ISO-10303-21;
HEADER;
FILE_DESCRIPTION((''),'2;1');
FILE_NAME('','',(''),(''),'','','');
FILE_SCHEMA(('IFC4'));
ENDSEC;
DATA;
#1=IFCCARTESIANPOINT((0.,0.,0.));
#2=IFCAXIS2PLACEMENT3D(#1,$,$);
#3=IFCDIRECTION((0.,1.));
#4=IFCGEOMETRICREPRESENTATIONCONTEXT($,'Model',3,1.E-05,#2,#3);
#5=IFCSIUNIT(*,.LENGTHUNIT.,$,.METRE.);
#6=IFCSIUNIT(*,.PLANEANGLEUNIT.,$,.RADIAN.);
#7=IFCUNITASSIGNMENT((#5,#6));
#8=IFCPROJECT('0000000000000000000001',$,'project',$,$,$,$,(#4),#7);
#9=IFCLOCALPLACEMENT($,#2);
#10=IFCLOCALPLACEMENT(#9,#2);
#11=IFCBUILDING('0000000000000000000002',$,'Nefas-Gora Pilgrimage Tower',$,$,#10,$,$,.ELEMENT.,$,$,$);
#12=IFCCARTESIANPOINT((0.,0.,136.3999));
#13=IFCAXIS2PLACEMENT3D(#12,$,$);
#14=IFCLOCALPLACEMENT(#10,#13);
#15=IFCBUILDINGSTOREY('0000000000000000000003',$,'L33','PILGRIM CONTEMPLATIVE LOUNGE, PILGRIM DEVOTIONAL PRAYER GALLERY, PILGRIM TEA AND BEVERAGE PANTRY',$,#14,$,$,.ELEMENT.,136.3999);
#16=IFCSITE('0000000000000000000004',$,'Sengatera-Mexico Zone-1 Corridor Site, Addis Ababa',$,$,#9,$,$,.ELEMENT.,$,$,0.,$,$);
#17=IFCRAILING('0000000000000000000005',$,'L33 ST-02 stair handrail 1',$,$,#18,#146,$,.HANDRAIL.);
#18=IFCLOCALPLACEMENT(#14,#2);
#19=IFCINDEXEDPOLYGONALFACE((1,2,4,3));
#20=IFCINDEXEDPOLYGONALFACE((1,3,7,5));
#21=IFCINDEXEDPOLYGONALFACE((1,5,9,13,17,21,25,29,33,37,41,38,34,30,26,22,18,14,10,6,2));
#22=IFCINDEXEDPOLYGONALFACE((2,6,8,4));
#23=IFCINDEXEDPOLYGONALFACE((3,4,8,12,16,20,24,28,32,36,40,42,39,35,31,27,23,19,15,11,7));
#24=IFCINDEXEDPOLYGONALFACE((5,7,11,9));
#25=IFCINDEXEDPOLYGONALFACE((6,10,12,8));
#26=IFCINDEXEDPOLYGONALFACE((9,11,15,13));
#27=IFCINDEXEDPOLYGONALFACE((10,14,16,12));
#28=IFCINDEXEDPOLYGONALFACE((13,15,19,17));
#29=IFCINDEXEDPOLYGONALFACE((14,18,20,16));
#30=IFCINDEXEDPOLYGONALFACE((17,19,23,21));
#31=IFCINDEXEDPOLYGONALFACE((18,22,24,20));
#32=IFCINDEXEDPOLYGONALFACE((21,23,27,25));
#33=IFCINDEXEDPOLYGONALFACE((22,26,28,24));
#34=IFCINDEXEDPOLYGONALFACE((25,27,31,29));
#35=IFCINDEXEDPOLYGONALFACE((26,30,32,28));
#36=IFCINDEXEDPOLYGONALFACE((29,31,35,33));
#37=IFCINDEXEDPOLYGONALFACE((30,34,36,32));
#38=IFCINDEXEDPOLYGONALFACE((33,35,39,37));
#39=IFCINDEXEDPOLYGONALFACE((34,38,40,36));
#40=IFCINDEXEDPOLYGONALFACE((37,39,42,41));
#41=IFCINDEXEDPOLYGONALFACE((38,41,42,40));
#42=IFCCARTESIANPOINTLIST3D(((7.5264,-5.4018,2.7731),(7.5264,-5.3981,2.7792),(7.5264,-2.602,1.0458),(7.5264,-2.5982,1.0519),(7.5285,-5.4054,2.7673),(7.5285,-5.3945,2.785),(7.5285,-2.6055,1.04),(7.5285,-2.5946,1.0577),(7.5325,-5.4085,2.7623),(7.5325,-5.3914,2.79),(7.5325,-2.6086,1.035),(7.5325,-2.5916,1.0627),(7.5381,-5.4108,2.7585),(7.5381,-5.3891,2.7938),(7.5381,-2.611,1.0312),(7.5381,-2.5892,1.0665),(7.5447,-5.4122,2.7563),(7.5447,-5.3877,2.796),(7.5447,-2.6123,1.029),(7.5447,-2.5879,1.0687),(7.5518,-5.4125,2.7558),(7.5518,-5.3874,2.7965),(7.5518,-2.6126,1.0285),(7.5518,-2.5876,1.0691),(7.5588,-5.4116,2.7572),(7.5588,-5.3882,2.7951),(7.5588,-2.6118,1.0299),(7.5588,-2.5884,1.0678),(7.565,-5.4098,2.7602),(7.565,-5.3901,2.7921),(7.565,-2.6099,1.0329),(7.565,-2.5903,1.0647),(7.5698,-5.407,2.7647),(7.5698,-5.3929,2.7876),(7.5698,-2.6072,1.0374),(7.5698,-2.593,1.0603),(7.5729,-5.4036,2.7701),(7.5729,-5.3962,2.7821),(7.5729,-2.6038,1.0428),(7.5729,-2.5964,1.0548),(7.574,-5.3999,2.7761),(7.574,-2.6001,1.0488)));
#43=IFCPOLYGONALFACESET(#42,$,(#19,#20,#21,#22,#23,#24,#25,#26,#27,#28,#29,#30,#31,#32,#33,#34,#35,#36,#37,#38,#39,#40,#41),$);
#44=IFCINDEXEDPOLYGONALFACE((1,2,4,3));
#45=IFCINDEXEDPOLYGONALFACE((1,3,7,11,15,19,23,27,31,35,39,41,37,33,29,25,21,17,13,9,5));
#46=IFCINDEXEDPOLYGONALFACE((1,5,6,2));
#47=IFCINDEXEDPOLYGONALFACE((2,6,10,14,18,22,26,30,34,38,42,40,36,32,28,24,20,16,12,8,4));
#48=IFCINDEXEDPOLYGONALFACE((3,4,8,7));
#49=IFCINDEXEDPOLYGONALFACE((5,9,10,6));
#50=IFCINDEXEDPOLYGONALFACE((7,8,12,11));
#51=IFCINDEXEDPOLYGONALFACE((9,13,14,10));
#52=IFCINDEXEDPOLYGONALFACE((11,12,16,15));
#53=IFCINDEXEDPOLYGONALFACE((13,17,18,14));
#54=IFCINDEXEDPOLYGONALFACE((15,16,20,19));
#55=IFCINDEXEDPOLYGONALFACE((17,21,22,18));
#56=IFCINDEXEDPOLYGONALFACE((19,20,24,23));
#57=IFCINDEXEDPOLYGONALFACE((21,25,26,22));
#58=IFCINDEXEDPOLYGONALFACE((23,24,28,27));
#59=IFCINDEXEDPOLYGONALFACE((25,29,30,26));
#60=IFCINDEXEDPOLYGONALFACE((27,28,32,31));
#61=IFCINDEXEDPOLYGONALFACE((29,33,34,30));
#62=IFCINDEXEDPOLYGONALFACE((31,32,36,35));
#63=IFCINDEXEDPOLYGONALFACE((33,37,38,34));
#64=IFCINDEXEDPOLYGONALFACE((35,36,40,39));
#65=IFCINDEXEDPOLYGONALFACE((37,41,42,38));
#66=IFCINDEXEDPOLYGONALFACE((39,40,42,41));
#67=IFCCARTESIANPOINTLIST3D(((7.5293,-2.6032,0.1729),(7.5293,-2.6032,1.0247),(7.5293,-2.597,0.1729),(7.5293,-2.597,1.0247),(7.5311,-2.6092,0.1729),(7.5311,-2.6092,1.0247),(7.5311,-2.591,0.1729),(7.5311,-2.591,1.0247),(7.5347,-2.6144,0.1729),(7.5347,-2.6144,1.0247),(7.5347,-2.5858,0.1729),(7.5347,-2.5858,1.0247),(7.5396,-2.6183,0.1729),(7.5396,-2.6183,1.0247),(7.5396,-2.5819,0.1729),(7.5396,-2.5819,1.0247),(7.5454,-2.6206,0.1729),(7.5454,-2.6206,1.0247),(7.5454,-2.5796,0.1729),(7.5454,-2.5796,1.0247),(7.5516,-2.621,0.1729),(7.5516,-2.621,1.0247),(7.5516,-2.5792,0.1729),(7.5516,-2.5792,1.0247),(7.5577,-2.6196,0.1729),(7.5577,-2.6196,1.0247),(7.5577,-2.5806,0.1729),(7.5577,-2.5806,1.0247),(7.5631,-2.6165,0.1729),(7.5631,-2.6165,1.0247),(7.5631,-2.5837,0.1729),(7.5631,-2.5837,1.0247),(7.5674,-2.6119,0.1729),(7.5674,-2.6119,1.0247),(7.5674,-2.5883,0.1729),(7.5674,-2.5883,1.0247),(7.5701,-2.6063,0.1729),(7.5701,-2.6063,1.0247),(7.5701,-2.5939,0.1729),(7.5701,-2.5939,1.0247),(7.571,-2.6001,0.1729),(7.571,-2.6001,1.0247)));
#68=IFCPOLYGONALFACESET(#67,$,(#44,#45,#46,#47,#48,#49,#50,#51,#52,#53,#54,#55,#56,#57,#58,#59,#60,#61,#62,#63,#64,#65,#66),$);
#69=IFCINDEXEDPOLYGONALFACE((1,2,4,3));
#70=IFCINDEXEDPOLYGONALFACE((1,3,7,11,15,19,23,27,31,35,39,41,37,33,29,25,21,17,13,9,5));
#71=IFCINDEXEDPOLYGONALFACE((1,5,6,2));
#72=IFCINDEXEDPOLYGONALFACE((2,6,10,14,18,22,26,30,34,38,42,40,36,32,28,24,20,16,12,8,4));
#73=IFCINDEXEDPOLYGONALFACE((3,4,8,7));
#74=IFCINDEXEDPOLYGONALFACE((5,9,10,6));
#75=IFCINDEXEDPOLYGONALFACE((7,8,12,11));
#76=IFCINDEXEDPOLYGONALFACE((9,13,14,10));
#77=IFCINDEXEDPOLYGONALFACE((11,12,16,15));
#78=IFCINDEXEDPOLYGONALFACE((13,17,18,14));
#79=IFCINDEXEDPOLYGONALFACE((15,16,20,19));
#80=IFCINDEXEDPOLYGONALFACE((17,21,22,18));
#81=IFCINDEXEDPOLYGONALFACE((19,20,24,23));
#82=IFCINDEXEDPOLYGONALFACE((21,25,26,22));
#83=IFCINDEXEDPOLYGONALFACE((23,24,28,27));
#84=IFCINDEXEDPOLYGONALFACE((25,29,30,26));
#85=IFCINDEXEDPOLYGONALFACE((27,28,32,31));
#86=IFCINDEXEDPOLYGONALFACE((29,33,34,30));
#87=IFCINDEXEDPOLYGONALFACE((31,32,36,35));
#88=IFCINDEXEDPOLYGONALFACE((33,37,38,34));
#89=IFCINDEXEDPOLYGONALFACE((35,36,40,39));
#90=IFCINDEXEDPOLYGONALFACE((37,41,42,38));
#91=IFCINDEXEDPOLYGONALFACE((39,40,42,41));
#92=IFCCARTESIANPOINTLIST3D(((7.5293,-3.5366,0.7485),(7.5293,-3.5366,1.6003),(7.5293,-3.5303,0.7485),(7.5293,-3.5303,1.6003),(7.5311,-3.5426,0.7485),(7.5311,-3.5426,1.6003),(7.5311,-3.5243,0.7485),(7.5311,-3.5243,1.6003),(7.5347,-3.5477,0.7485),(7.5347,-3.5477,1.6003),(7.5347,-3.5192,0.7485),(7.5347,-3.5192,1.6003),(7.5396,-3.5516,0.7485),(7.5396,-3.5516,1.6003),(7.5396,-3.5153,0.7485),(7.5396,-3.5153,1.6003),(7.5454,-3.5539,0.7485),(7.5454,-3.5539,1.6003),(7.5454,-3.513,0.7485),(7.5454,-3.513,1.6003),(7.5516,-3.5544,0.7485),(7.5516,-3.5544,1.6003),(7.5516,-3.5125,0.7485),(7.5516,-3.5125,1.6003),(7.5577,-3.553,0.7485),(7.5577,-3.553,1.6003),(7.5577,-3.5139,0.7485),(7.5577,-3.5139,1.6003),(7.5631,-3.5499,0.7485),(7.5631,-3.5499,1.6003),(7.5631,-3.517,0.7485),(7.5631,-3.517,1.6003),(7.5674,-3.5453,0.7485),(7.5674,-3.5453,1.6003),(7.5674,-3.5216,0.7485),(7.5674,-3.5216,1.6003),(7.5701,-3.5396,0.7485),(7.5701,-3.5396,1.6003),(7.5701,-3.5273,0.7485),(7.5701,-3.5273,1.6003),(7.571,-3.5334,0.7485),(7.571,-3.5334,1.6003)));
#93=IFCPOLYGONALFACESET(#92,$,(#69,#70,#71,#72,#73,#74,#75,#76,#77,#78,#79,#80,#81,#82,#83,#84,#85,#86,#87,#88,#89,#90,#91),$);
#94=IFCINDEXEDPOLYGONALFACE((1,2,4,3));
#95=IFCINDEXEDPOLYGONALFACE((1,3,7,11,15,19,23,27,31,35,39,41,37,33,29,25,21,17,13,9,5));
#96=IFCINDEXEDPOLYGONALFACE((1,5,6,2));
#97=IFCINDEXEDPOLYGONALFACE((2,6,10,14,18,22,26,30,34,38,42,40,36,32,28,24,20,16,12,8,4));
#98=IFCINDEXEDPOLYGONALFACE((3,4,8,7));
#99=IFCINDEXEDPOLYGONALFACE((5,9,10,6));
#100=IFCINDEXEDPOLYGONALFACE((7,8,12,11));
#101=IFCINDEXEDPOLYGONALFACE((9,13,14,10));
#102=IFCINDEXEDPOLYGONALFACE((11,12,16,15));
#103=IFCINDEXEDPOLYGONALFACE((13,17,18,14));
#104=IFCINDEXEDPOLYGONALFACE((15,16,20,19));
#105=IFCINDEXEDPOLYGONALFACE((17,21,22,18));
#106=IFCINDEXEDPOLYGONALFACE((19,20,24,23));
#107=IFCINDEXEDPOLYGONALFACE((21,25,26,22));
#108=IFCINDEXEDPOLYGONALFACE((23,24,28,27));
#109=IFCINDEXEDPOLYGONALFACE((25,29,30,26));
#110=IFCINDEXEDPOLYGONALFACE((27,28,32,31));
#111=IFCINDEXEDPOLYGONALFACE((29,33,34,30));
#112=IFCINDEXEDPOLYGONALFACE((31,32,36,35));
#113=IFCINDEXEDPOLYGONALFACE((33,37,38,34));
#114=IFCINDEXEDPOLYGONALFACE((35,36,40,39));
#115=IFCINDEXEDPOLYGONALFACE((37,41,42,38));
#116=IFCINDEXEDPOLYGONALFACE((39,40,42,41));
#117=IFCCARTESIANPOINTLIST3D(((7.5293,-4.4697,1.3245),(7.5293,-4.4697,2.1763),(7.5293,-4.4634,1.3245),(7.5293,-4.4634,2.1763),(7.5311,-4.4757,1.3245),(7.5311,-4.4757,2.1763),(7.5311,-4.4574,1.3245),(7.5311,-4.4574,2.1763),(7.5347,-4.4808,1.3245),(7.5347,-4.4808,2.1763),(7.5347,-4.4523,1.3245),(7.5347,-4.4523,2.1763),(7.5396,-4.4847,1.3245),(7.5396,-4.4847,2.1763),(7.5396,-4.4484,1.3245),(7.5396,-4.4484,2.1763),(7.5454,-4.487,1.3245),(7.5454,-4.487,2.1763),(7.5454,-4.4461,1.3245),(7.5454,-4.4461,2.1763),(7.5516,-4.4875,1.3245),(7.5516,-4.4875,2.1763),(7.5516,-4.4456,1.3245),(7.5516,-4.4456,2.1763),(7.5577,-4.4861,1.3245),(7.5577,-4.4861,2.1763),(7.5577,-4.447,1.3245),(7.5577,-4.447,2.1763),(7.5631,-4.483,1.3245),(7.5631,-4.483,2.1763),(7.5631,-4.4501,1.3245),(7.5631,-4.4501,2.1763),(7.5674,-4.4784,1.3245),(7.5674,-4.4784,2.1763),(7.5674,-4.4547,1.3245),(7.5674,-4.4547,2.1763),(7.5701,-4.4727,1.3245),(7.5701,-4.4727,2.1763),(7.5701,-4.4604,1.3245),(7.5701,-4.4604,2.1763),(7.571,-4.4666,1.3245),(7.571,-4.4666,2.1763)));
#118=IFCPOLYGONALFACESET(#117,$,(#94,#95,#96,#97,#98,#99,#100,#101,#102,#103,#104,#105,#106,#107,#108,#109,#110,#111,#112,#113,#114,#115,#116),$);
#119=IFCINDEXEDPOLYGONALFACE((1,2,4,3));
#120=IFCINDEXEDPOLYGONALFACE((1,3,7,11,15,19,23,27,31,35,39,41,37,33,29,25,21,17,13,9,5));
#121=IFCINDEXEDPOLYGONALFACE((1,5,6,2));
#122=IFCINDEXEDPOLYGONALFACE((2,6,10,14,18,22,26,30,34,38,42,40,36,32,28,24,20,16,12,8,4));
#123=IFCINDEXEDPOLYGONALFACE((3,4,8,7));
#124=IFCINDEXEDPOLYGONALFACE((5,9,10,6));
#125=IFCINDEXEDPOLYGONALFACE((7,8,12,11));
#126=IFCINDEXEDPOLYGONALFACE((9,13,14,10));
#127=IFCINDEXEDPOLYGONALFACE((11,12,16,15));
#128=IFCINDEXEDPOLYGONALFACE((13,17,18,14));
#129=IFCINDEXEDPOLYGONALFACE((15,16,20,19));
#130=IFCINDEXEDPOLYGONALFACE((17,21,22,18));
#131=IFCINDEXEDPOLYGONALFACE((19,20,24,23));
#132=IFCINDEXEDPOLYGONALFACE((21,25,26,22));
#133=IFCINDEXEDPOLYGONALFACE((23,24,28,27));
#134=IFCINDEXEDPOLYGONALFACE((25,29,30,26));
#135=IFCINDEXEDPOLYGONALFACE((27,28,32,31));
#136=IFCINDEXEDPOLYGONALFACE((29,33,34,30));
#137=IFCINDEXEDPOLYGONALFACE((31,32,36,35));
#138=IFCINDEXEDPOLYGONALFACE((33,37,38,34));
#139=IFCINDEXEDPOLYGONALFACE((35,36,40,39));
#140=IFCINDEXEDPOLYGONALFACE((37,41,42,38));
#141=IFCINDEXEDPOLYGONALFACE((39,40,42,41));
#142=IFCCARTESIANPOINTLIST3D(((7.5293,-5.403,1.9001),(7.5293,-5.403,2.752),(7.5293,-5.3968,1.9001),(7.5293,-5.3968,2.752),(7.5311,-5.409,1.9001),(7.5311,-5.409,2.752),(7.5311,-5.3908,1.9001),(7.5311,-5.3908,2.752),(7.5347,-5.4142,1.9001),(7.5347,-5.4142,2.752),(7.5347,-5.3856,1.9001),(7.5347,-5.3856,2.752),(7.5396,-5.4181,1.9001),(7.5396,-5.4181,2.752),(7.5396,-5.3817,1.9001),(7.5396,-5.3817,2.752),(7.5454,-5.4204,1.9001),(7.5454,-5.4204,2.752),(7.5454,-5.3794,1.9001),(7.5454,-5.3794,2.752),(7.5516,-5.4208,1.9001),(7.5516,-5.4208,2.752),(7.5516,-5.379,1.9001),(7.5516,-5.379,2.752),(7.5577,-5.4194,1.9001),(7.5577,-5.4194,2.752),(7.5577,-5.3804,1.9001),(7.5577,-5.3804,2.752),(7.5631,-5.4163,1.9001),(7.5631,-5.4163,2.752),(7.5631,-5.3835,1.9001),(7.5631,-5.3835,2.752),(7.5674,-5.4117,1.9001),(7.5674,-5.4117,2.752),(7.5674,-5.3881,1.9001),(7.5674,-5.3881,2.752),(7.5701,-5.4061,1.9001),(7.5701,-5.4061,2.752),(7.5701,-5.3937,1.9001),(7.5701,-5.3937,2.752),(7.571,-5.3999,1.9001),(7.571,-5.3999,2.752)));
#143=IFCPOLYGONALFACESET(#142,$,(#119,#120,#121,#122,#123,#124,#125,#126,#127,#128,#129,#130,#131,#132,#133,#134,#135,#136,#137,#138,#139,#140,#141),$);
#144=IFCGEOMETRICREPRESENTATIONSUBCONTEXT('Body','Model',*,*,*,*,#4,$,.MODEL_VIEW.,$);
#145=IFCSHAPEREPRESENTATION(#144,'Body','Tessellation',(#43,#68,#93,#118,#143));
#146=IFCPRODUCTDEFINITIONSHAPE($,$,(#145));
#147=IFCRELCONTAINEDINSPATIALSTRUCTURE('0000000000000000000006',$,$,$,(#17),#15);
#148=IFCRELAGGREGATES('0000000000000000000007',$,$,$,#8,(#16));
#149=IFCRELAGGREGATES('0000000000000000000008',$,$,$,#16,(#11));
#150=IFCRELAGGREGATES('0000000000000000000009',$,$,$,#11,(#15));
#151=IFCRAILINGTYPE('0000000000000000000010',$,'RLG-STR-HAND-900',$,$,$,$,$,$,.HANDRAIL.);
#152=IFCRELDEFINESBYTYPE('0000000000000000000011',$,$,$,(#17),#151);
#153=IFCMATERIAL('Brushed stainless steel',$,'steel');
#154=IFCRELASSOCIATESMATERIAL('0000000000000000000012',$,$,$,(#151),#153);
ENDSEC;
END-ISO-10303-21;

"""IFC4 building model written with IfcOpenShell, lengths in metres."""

from ifc_helpers import new_model, si_unit, direction, frame, origin, origin_2d, place, context, subcontext, project, spatial, circle, extrude, material, type_object, element, save


model = new_model("IFC4")

# Units and contexts
model_context = context("Model", 3, precision=1e-05, world=origin(), true_north=direction((0.0, 1.0)))
body_context = subcontext(model_context, "Body", "Model", "MODEL_VIEW")
ifc_project = project(units=[si_unit("LENGTHUNIT", "METRE"), si_unit("PLANEANGLEUNIT", "RADIAN")], contexts=[model_context])

# Site, building, storey
site_placement = place(None, origin())
site = spatial("IfcSite", under=ifc_project, at=site_placement, Name="Sengatera-Mexico Zone-1 Corridor Site, Addis Ababa", CompositionType="ELEMENT", RefElevation=0.0)
building_placement = place(site_placement, origin())
building = spatial("IfcBuilding", under=site, at=building_placement, Name="Nefas-Gora Pilgrimage Tower", CompositionType="ELEMENT")
storey_placement = place(building_placement, frame((0.0, 0.0, 136.3999)))
storey = spatial("IfcBuildingStorey", under=building, at=storey_placement, Name="L33", Description="PILGRIM CONTEMPLATIVE LOUNGE, PILGRIM DEVOTIONAL PRAYER GALLERY, PILGRIM TEA AND BEVERAGE PANTRY", CompositionType="ELEMENT", Elevation=136.3999)

# Railing
ifc_material_1 = material(Name="Brushed stainless steel", Category="steel")
railing_type = type_object("IfcRailingType", Name="RLG-STR-HAND-900", PredefinedType="HANDRAIL", material=ifc_material_1)
railing_placement = place(storey_placement, frame((7.55, -2.6001, 0.1729)))
element("IfcRailing", 1, at=railing_placement, inside=storey, type_object=railing_type, Name="L33 ST-02 stair handrail 1", PredefinedType="HANDRAIL", context=body_context, shape_type="SweptSolid", body=[
    extrude(circle(Radius=0.0239, at=origin_2d()), frame((0.0, 0.0, 0.876), z_axis=(0.0, -0.851069, 0.525054), x_axis=(1.0, 0.0, 0.0)), (0.0, 0.0, 1.0), 3.2898),
    extrude(circle(Radius=0.021, at=origin_2d()), origin(), (0.0, 0.0, 1.0), 0.8518),
    extrude(circle(Radius=0.021, at=origin_2d()), frame((0.0, -0.9333, 0.5757)), (0.0, 0.0, 1.0), 0.8518),
    extrude(circle(Radius=0.021, at=origin_2d()), frame((0.0, -1.8665, 1.1516)), (0.0, 0.0, 1.0), 0.8518),
    extrude(circle(Radius=0.021, at=origin_2d()), frame((0.0, -2.7998, 1.7273)), (0.0, 0.0, 1.0), 0.8518),
])

save(model, "model.ifc")
